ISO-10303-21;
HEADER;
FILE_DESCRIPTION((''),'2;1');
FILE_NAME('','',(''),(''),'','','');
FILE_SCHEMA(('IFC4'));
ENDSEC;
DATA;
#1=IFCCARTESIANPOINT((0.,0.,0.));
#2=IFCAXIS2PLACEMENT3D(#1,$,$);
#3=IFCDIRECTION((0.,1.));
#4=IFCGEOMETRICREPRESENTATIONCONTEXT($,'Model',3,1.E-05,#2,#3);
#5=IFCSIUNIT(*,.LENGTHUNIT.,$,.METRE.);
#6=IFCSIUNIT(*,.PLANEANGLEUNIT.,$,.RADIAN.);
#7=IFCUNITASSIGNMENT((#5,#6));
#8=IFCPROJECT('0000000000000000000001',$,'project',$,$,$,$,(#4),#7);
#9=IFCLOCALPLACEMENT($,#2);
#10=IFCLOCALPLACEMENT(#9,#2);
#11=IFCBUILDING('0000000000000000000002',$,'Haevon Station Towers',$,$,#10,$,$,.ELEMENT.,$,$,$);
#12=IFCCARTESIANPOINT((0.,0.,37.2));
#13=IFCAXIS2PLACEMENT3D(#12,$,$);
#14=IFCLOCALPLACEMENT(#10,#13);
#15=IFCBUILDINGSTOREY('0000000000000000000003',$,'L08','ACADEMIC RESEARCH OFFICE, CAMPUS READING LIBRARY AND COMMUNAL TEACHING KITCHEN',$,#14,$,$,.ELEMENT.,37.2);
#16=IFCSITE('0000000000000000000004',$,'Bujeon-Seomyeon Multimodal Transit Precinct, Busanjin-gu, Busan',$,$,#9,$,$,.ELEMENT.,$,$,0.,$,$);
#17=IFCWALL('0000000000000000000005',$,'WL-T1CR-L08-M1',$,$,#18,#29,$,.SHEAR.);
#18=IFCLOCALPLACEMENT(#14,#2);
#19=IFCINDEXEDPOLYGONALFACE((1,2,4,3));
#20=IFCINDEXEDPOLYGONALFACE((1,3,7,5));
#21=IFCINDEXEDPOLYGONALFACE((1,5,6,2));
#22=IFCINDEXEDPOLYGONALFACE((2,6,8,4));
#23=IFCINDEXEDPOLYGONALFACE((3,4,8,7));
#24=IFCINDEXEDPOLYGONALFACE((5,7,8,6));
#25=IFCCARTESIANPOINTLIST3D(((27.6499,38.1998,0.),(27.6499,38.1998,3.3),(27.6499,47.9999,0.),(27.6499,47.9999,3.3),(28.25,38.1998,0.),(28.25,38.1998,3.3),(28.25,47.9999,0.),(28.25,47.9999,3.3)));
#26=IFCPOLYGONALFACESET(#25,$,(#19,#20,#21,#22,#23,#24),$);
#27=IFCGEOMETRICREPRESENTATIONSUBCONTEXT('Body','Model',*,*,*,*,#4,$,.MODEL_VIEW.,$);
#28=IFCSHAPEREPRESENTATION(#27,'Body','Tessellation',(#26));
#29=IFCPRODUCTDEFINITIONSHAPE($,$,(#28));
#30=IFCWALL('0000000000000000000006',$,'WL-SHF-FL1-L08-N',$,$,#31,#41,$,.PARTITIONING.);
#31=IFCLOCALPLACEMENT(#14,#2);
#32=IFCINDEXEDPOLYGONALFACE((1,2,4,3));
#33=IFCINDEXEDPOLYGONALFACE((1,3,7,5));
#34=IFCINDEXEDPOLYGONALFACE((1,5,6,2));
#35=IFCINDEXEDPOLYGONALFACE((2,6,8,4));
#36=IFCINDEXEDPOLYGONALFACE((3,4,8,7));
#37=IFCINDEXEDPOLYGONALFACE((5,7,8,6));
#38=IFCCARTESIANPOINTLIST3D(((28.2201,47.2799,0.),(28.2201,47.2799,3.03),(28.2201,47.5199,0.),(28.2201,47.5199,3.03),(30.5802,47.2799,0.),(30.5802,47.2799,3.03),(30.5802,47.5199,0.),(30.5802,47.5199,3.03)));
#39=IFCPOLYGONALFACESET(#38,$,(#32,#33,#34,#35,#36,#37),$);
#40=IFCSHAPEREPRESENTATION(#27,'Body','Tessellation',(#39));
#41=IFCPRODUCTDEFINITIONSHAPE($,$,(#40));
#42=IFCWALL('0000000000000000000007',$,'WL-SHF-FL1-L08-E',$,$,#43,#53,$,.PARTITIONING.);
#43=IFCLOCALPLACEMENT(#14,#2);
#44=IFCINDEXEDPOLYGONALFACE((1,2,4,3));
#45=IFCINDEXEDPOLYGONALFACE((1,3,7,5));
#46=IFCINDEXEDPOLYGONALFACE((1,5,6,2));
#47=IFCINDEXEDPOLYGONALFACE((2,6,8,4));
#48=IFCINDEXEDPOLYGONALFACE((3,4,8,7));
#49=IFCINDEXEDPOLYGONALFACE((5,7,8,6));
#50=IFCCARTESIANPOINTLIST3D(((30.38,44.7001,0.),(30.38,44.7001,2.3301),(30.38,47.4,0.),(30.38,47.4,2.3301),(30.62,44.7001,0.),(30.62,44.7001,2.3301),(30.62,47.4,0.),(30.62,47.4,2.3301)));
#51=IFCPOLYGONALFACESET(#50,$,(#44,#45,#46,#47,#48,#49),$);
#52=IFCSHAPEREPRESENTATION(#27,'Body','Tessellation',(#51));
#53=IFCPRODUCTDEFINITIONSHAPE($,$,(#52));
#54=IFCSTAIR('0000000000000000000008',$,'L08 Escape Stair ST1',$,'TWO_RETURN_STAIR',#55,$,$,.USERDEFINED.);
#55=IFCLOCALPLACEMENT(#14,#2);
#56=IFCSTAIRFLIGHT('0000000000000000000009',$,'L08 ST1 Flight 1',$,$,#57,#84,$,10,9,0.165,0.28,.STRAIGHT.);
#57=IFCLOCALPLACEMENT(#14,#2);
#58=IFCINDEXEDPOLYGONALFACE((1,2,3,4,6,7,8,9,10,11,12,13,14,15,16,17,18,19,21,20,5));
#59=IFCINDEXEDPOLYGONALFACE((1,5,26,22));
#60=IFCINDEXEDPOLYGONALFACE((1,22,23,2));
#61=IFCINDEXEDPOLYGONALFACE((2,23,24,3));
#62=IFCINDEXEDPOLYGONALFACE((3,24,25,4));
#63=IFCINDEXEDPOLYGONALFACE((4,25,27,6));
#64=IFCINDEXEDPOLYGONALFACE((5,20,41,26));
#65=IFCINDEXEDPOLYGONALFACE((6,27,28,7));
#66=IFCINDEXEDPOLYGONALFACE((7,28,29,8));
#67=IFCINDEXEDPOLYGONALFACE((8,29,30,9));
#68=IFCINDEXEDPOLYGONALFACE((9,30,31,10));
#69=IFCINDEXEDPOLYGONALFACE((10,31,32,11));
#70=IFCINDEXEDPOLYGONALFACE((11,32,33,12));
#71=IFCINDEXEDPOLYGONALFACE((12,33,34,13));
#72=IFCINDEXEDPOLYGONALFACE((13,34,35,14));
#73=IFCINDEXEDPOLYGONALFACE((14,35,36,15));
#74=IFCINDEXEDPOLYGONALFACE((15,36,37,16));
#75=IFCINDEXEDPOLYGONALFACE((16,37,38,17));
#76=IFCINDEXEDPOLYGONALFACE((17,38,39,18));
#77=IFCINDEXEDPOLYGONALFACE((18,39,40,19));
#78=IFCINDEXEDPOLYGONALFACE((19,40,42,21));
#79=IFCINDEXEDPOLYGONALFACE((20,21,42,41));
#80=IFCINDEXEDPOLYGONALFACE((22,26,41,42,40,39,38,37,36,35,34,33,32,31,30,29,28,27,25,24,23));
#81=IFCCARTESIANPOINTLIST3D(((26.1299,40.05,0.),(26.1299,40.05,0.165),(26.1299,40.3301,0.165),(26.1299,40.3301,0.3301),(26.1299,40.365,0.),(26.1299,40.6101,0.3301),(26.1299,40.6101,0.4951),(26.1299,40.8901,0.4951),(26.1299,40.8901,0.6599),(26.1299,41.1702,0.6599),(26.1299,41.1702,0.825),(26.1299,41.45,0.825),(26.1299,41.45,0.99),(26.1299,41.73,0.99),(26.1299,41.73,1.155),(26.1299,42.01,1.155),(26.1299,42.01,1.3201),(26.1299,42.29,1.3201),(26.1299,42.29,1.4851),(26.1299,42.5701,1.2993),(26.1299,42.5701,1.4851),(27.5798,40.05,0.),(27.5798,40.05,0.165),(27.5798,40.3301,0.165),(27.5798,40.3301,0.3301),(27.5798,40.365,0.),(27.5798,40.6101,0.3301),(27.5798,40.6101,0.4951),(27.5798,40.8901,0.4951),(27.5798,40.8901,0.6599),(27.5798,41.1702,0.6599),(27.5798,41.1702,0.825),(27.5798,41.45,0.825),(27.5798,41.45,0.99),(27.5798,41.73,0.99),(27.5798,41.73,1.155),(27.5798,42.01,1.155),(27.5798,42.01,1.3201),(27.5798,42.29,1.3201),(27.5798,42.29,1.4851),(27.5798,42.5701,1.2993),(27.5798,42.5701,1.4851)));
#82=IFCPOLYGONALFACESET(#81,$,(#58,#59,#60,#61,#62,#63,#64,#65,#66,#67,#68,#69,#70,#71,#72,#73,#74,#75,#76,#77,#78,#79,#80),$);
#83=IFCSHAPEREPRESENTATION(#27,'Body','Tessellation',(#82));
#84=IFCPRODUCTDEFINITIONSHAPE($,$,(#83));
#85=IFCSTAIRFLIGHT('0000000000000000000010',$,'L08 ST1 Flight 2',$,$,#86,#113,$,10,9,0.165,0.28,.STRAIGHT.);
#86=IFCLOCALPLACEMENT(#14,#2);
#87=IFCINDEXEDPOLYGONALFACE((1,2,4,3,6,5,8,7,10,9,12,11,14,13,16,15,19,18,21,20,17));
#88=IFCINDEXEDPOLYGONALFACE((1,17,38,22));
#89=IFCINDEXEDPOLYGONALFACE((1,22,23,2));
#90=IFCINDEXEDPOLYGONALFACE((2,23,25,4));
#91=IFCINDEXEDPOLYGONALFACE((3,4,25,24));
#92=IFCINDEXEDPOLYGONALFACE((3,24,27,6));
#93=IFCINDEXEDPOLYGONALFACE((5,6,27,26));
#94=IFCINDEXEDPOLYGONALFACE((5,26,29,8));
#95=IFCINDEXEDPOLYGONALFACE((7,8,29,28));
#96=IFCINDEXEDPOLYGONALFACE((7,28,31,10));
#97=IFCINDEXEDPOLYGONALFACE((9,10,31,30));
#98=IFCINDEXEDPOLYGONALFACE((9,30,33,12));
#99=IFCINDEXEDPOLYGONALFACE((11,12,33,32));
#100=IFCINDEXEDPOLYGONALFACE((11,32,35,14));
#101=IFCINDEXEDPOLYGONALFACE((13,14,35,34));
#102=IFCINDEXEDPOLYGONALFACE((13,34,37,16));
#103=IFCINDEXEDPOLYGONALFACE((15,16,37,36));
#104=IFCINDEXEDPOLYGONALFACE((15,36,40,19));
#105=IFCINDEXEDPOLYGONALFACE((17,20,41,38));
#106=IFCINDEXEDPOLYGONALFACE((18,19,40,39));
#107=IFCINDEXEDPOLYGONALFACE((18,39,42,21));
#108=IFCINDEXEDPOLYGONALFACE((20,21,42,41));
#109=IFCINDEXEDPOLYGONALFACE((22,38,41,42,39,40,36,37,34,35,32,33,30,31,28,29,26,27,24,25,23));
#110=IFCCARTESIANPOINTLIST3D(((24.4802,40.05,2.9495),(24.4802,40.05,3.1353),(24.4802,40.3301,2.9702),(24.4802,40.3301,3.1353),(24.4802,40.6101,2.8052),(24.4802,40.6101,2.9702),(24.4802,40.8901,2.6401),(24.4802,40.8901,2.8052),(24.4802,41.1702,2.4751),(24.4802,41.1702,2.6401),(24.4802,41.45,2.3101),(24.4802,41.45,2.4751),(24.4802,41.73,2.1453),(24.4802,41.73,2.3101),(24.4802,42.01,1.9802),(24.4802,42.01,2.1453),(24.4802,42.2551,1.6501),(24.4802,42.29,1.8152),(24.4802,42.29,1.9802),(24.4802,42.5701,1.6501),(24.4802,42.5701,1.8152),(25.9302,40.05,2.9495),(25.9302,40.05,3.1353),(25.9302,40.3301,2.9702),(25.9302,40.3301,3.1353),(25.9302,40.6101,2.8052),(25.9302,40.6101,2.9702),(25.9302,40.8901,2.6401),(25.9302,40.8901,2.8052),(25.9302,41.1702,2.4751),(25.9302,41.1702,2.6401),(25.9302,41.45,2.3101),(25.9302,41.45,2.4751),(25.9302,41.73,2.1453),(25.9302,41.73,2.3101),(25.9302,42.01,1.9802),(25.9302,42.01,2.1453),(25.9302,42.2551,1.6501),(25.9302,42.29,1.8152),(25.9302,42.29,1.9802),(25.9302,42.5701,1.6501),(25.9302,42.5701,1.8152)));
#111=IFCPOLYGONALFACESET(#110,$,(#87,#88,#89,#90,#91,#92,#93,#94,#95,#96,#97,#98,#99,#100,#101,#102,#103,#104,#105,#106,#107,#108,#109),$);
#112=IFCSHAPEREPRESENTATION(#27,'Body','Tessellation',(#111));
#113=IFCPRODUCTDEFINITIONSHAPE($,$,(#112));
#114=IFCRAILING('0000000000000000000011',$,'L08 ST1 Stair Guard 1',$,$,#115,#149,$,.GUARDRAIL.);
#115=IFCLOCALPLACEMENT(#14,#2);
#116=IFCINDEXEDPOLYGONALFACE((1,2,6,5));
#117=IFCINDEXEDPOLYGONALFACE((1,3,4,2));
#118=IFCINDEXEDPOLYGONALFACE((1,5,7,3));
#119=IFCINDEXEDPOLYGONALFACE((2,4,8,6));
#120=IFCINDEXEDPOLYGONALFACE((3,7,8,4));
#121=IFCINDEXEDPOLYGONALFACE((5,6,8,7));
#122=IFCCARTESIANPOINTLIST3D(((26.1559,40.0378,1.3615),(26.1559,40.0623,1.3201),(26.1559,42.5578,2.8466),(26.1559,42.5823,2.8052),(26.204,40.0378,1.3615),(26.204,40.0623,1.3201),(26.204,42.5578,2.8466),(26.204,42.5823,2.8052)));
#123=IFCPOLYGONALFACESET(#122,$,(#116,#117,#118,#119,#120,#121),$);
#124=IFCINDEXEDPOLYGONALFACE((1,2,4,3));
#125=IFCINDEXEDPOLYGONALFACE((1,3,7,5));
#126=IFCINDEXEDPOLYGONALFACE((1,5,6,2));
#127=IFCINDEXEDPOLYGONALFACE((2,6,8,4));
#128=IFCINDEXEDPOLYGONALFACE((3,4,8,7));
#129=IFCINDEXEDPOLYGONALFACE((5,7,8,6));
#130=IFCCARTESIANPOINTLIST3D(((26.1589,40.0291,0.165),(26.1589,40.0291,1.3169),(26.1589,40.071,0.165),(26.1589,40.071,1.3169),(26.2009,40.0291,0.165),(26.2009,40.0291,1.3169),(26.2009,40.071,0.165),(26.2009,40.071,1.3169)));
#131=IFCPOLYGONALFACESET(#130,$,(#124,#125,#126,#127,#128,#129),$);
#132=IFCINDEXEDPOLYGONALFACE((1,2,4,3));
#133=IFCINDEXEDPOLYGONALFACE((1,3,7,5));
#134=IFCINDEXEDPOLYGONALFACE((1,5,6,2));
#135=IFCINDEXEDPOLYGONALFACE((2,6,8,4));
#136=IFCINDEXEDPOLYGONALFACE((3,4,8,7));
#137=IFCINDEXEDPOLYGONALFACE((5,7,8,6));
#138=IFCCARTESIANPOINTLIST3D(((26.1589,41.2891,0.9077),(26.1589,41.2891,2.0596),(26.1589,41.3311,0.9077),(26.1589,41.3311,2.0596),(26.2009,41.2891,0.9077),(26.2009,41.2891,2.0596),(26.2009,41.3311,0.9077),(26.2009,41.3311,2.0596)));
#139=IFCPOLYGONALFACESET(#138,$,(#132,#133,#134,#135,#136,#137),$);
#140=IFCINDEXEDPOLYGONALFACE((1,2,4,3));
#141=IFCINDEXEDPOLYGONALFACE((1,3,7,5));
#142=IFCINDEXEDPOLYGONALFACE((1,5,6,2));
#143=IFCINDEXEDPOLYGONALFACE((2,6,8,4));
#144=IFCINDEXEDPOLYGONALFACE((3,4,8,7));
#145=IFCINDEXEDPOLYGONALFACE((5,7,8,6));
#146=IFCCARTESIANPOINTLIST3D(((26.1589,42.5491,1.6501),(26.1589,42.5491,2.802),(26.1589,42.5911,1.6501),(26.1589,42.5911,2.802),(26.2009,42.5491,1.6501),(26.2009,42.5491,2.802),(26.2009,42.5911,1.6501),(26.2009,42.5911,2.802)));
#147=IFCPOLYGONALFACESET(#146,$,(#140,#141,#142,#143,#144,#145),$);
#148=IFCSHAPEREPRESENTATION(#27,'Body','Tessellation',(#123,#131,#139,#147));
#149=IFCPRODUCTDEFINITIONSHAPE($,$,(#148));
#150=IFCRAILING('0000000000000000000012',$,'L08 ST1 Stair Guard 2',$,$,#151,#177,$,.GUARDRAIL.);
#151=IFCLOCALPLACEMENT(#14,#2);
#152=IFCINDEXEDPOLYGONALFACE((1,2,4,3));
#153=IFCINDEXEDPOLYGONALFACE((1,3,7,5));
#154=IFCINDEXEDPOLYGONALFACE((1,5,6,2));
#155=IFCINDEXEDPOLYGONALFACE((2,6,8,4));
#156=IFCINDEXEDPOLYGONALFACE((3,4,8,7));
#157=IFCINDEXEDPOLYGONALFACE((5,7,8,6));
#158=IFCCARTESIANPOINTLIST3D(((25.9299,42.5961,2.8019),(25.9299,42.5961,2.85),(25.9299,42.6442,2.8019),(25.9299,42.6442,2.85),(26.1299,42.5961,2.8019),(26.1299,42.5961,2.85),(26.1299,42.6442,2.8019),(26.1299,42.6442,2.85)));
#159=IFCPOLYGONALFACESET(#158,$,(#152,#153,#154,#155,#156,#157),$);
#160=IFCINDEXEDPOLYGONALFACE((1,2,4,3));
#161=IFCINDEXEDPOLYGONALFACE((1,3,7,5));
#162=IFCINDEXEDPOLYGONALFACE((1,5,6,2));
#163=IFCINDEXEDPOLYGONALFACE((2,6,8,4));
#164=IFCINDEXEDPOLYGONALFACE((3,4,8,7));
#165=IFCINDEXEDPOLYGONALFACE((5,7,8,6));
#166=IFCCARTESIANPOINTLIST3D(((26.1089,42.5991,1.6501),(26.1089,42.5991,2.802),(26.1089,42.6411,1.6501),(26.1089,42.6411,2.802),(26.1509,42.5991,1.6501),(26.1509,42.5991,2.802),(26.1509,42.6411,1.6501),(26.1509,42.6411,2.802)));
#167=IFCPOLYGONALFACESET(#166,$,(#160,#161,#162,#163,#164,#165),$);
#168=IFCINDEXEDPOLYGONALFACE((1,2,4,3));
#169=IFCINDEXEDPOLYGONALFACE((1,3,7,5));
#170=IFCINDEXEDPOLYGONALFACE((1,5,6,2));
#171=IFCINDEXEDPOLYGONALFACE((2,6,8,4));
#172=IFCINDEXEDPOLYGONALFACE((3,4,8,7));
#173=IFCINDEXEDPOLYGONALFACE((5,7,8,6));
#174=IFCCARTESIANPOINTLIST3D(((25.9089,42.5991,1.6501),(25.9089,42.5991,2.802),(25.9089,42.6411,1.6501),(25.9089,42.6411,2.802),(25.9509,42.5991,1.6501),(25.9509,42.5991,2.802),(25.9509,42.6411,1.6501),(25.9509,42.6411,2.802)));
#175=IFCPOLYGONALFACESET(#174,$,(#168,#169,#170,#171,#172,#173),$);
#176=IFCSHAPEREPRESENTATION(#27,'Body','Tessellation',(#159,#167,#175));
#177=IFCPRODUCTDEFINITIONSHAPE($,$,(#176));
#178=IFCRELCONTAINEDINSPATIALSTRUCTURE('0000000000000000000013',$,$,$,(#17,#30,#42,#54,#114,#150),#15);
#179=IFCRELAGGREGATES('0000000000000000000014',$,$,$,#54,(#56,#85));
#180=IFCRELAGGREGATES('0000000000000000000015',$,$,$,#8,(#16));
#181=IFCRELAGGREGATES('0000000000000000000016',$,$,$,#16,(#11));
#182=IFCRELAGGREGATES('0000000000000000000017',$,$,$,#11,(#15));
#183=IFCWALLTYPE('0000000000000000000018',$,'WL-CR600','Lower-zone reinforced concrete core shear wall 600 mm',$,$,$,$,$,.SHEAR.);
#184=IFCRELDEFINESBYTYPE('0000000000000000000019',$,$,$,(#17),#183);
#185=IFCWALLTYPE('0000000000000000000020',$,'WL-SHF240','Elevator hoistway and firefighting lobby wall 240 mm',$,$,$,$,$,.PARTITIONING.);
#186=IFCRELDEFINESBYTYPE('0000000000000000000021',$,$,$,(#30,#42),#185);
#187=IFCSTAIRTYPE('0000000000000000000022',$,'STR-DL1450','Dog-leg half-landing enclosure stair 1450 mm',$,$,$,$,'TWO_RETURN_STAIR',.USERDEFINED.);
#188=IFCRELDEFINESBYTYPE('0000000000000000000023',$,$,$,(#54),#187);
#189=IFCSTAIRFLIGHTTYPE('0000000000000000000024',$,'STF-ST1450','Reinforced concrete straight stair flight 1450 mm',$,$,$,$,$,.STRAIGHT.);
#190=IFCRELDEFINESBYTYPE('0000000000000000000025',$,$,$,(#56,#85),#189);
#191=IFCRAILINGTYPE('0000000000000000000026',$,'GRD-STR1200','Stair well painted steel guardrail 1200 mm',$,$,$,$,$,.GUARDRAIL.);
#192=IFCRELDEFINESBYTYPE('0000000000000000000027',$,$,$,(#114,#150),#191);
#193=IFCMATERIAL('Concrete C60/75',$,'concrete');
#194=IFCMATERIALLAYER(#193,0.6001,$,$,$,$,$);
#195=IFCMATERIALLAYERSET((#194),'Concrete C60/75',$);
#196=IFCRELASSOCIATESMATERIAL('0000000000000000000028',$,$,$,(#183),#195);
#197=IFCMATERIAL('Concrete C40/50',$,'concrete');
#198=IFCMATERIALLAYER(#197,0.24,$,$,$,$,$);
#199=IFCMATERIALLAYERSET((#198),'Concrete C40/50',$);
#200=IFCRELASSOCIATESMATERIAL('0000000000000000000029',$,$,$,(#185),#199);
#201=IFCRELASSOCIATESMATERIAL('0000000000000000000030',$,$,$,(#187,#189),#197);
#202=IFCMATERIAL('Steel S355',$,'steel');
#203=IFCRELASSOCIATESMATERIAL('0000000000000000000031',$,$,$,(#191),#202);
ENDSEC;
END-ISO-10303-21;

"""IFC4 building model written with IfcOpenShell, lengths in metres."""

from ifc_helpers import new_model, si_unit, direction, frame, frame_2d, origin, origin_2d, place, context, subcontext, project, spatial, polyline, rectangle, outline, extrude, material, layer, layer_set, type_object, element, aggregate, save


model = new_model("IFC4")

# Units and contexts
model_context = context("Model", 3, precision=1e-05, world=origin(), true_north=direction((0.0, 1.0)))
body_context = subcontext(model_context, "Body", "Model", "MODEL_VIEW")
ifc_project = project(units=[si_unit("LENGTHUNIT", "METRE"), si_unit("PLANEANGLEUNIT", "RADIAN")], contexts=[model_context])

# Site, building, storey
site_placement = place(None, origin())
site = spatial("IfcSite", under=ifc_project, at=site_placement, Name="Bujeon-Seomyeon Multimodal Transit Precinct, Busanjin-gu, Busan", CompositionType="ELEMENT", RefElevation=0.0)
building_placement = place(site_placement, origin())
building = spatial("IfcBuilding", under=site, at=building_placement, Name="Haevon Station Towers", CompositionType="ELEMENT")
storey_placement = place(building_placement, frame((0.0, 0.0, 37.2)))
storey = spatial("IfcBuildingStorey", under=building, at=storey_placement, Name="L08", Description="ACADEMIC RESEARCH OFFICE, CAMPUS READING LIBRARY AND COMMUNAL TEACHING KITCHEN", CompositionType="ELEMENT", Elevation=37.2)

# Shared definitions
ifc_material_1 = material(Name="Steel S355", Category="steel")

# Wall
ifc_material_2 = material(Name="Concrete C60/75", Category="concrete")
ifc_layer_1 = layer(ifc_material_2, 0.6001)
ifc_layer_set_1 = layer_set([ifc_layer_1], Name="Concrete C60/75")
wall_type_1 = type_object("IfcWallType", Name="WL-CR600", Description="Lower-zone reinforced concrete core shear wall 600 mm", PredefinedType="SHEAR", material=ifc_layer_set_1)
wall_1_placement = place(storey_placement, frame((27.95, 38.2, 0.0), z_axis=(0.0, 0.0, 1.0), x_axis=(0.0, 1.0, 0.0)))
element("IfcWall", 1, at=wall_1_placement, inside=storey, type_object=wall_type_1, Name="WL-T1CR-L08-M1", PredefinedType="SHEAR", context=body_context, shape_type="SweptSolid", body=[
    extrude(rectangle(XDim=9.8, YDim=0.6001, at=frame_2d((4.8999, 0.0))), origin(), (0.0, 0.0, 1.0), 3.3),
])

# Shared definitions
ifc_material_3 = material(Name="Concrete C40/50", Category="concrete")
ifc_layer_2 = layer(ifc_material_3, 0.24)
ifc_layer_set_2 = layer_set([ifc_layer_2], Name="Concrete C40/50")
wall_type_2 = type_object("IfcWallType", Name="WL-SHF240", Description="Elevator hoistway and firefighting lobby wall 240 mm", PredefinedType="PARTITIONING", material=ifc_layer_set_2)

# Walls
wall_2_placement = place(storey_placement, frame((28.22, 47.3999, 0.0), z_axis=(0.0, 0.0, 1.0), x_axis=(1.0, 0.0, 0.0)))
element("IfcWall", 2, at=wall_2_placement, inside=storey, type_object=wall_type_2, Name="WL-SHF-FL1-L08-N", PredefinedType="PARTITIONING", context=body_context, shape_type="SweptSolid", body=[
    extrude(rectangle(XDim=2.3601, YDim=0.24, at=frame_2d((1.1802, 0.0))), origin(), (0.0, 0.0, 1.0), 3.03),
])
wall_3_placement = place(storey_placement, frame((30.5, 44.7, 0.0), z_axis=(0.0, 0.0, 1.0), x_axis=(0.0, 1.0, 0.0)))
element("IfcWall", 3, at=wall_3_placement, inside=storey, type_object=wall_type_2, Name="WL-SHF-FL1-L08-E", PredefinedType="PARTITIONING", context=body_context, shape_type="SweptSolid", body=[
    extrude(rectangle(XDim=2.7, YDim=0.24, at=frame_2d((1.3501, 0.0))), origin(), (0.0, 0.0, 1.0), 2.3301),
])

# Stair, stair flights
stair_type = type_object("IfcStairType", Name="STR-DL1450", Description="Dog-leg half-landing enclosure stair 1450 mm", ElementType="TWO_RETURN_STAIR", PredefinedType="USERDEFINED", material=ifc_material_3)
stair_placement = place(storey_placement, origin())
stair = element("IfcStair", 4, at=stair_placement, inside=storey, type_object=stair_type, Name="L08 Escape Stair ST1", ObjectType="TWO_RETURN_STAIR", PredefinedType="USERDEFINED")
stair_flight_type = type_object("IfcStairFlightType", Name="STF-ST1450", Description="Reinforced concrete straight stair flight 1450 mm", PredefinedType="STRAIGHT", material=ifc_material_3)
stair_flight_1_placement = place(storey_placement, frame((26.855, 40.05, 0.0), z_axis=(0.0, 0.0, 1.0), x_axis=(0.0, 1.0, 0.0)))
stair_flight_1 = element("IfcStairFlight", 5, at=stair_flight_1_placement, type_object=stair_flight_type, Name="L08 ST1 Flight 1", NumberOfRisers=10, NumberOfTreads=9, PredefinedType="STRAIGHT", RiserHeight=0.165, TreadLength=0.28, context=body_context, shape_type="SweptSolid", body=[
    extrude(outline(polyline([(0.0, 0.0), (0.0, 0.165), (0.28, 0.165), (0.28, 0.3301), (0.5601, 0.3301), (0.5601, 0.4951), (0.8401, 0.4951), (0.8401, 0.6599), (1.1201, 0.6599), (1.1201, 0.825), (1.3999, 0.825), (1.3999, 0.99), (1.6799, 0.99), (1.6799, 1.155), (1.96, 1.155), (1.96, 1.3201), (2.24, 1.3201), (2.24, 1.4851), (2.52, 1.4851), (2.52, 1.6499), (2.52, 1.2993), (0.3149, 0.0), (0.0, 0.0)])), frame((0.0, 0.7251, 0.0), z_axis=(0.0, -1.0, 0.0), x_axis=(1.0, 0.0, 0.0)), (0.0, 0.0, 1.0), 1.45),
])
stair_flight_2_placement = place(storey_placement, frame((25.2051, 42.5701, 1.6501), z_axis=(0.0, 0.0, 1.0), x_axis=(0.0, -1.0, 0.0)))
stair_flight_2 = element("IfcStairFlight", 6, at=stair_flight_2_placement, type_object=stair_flight_type, Name="L08 ST1 Flight 2", NumberOfRisers=10, NumberOfTreads=9, PredefinedType="STRAIGHT", RiserHeight=0.165, TreadLength=0.28, context=body_context, shape_type="SweptSolid", body=[
    extrude(outline(polyline([(0.0, 0.0), (0.0, 0.165), (0.28, 0.165), (0.28, 0.3301), (0.5601, 0.3301), (0.5601, 0.4951), (0.8401, 0.4951), (0.8401, 0.6599), (1.1201, 0.6599), (1.1201, 0.825), (1.3999, 0.825), (1.3999, 0.99), (1.6799, 0.99), (1.6799, 1.155), (1.96, 1.155), (1.96, 1.3201), (2.24, 1.3201), (2.24, 1.4851), (2.52, 1.4851), (2.52, 1.6499), (2.52, 1.2993), (0.3149, 0.0), (0.0, 0.0)])), frame((0.0, 0.7251, 0.0), z_axis=(0.0, -1.0, 0.0), x_axis=(1.0, 0.0, 0.0)), (0.0, 0.0, 1.0), 1.45),
])
aggregate(stair, [stair_flight_1, stair_flight_2])

# Railings
railing_type_1 = type_object("IfcRailingType", Name="GRD-STR1200", Description="Stair well painted steel guardrail 1200 mm", PredefinedType="GUARDRAIL", material=ifc_material_1)
railing_1_placement = place(storey_placement, frame((26.1799, 40.05, 0.165)))
element("IfcRailing", 7, at=railing_1_placement, inside=storey, type_object=railing_type_1, Name="L08 ST1 Stair Guard 1", PredefinedType="GUARDRAIL", context=body_context, shape_type="SweptSolid", body=[
    extrude(rectangle(XDim=0.0481, YDim=0.0481, at=origin_2d()), frame((0.0, 0.0, 1.1758), z_axis=(0.0, 0.861524, 0.507717), x_axis=(-1.0, 0.0, 0.0)), (0.0, 0.0, 1.0), 2.925),
    extrude(rectangle(XDim=0.042, YDim=0.042, at=origin_2d()), origin(), (0.0, 0.0, 1.0), 1.1519),
    extrude(rectangle(XDim=0.042, YDim=0.042, at=origin_2d()), frame((0.0, 1.26, 0.7427)), (0.0, 0.0, 1.0), 1.1519),
    extrude(rectangle(XDim=0.042, YDim=0.042, at=origin_2d()), frame((0.0, 2.52, 1.4851)), (0.0, 0.0, 1.0), 1.1519),
])
railing_2_placement = place(storey_placement, frame((26.1299, 42.6201, 1.6501)))
element("IfcRailing", 8, at=railing_2_placement, inside=storey, type_object=railing_type_1, Name="L08 ST1 Stair Guard 2", PredefinedType="GUARDRAIL", context=body_context, shape_type="SweptSolid", body=[
    extrude(rectangle(XDim=0.0481, YDim=0.0481, at=origin_2d()), frame((0.0, 0.0, 1.1758), z_axis=(-1.0, 0.0, 0.0), x_axis=(0.0, -1.0, 0.0)), (0.0, 0.0, 1.0), 0.2),
    extrude(rectangle(XDim=0.042, YDim=0.042, at=origin_2d()), origin(), (0.0, 0.0, 1.0), 1.1519),
    extrude(rectangle(XDim=0.042, YDim=0.042, at=origin_2d()), frame((-0.2, 0.0, 0.0)), (0.0, 0.0, 1.0), 1.1519),
])

save(model, "model.ifc")
